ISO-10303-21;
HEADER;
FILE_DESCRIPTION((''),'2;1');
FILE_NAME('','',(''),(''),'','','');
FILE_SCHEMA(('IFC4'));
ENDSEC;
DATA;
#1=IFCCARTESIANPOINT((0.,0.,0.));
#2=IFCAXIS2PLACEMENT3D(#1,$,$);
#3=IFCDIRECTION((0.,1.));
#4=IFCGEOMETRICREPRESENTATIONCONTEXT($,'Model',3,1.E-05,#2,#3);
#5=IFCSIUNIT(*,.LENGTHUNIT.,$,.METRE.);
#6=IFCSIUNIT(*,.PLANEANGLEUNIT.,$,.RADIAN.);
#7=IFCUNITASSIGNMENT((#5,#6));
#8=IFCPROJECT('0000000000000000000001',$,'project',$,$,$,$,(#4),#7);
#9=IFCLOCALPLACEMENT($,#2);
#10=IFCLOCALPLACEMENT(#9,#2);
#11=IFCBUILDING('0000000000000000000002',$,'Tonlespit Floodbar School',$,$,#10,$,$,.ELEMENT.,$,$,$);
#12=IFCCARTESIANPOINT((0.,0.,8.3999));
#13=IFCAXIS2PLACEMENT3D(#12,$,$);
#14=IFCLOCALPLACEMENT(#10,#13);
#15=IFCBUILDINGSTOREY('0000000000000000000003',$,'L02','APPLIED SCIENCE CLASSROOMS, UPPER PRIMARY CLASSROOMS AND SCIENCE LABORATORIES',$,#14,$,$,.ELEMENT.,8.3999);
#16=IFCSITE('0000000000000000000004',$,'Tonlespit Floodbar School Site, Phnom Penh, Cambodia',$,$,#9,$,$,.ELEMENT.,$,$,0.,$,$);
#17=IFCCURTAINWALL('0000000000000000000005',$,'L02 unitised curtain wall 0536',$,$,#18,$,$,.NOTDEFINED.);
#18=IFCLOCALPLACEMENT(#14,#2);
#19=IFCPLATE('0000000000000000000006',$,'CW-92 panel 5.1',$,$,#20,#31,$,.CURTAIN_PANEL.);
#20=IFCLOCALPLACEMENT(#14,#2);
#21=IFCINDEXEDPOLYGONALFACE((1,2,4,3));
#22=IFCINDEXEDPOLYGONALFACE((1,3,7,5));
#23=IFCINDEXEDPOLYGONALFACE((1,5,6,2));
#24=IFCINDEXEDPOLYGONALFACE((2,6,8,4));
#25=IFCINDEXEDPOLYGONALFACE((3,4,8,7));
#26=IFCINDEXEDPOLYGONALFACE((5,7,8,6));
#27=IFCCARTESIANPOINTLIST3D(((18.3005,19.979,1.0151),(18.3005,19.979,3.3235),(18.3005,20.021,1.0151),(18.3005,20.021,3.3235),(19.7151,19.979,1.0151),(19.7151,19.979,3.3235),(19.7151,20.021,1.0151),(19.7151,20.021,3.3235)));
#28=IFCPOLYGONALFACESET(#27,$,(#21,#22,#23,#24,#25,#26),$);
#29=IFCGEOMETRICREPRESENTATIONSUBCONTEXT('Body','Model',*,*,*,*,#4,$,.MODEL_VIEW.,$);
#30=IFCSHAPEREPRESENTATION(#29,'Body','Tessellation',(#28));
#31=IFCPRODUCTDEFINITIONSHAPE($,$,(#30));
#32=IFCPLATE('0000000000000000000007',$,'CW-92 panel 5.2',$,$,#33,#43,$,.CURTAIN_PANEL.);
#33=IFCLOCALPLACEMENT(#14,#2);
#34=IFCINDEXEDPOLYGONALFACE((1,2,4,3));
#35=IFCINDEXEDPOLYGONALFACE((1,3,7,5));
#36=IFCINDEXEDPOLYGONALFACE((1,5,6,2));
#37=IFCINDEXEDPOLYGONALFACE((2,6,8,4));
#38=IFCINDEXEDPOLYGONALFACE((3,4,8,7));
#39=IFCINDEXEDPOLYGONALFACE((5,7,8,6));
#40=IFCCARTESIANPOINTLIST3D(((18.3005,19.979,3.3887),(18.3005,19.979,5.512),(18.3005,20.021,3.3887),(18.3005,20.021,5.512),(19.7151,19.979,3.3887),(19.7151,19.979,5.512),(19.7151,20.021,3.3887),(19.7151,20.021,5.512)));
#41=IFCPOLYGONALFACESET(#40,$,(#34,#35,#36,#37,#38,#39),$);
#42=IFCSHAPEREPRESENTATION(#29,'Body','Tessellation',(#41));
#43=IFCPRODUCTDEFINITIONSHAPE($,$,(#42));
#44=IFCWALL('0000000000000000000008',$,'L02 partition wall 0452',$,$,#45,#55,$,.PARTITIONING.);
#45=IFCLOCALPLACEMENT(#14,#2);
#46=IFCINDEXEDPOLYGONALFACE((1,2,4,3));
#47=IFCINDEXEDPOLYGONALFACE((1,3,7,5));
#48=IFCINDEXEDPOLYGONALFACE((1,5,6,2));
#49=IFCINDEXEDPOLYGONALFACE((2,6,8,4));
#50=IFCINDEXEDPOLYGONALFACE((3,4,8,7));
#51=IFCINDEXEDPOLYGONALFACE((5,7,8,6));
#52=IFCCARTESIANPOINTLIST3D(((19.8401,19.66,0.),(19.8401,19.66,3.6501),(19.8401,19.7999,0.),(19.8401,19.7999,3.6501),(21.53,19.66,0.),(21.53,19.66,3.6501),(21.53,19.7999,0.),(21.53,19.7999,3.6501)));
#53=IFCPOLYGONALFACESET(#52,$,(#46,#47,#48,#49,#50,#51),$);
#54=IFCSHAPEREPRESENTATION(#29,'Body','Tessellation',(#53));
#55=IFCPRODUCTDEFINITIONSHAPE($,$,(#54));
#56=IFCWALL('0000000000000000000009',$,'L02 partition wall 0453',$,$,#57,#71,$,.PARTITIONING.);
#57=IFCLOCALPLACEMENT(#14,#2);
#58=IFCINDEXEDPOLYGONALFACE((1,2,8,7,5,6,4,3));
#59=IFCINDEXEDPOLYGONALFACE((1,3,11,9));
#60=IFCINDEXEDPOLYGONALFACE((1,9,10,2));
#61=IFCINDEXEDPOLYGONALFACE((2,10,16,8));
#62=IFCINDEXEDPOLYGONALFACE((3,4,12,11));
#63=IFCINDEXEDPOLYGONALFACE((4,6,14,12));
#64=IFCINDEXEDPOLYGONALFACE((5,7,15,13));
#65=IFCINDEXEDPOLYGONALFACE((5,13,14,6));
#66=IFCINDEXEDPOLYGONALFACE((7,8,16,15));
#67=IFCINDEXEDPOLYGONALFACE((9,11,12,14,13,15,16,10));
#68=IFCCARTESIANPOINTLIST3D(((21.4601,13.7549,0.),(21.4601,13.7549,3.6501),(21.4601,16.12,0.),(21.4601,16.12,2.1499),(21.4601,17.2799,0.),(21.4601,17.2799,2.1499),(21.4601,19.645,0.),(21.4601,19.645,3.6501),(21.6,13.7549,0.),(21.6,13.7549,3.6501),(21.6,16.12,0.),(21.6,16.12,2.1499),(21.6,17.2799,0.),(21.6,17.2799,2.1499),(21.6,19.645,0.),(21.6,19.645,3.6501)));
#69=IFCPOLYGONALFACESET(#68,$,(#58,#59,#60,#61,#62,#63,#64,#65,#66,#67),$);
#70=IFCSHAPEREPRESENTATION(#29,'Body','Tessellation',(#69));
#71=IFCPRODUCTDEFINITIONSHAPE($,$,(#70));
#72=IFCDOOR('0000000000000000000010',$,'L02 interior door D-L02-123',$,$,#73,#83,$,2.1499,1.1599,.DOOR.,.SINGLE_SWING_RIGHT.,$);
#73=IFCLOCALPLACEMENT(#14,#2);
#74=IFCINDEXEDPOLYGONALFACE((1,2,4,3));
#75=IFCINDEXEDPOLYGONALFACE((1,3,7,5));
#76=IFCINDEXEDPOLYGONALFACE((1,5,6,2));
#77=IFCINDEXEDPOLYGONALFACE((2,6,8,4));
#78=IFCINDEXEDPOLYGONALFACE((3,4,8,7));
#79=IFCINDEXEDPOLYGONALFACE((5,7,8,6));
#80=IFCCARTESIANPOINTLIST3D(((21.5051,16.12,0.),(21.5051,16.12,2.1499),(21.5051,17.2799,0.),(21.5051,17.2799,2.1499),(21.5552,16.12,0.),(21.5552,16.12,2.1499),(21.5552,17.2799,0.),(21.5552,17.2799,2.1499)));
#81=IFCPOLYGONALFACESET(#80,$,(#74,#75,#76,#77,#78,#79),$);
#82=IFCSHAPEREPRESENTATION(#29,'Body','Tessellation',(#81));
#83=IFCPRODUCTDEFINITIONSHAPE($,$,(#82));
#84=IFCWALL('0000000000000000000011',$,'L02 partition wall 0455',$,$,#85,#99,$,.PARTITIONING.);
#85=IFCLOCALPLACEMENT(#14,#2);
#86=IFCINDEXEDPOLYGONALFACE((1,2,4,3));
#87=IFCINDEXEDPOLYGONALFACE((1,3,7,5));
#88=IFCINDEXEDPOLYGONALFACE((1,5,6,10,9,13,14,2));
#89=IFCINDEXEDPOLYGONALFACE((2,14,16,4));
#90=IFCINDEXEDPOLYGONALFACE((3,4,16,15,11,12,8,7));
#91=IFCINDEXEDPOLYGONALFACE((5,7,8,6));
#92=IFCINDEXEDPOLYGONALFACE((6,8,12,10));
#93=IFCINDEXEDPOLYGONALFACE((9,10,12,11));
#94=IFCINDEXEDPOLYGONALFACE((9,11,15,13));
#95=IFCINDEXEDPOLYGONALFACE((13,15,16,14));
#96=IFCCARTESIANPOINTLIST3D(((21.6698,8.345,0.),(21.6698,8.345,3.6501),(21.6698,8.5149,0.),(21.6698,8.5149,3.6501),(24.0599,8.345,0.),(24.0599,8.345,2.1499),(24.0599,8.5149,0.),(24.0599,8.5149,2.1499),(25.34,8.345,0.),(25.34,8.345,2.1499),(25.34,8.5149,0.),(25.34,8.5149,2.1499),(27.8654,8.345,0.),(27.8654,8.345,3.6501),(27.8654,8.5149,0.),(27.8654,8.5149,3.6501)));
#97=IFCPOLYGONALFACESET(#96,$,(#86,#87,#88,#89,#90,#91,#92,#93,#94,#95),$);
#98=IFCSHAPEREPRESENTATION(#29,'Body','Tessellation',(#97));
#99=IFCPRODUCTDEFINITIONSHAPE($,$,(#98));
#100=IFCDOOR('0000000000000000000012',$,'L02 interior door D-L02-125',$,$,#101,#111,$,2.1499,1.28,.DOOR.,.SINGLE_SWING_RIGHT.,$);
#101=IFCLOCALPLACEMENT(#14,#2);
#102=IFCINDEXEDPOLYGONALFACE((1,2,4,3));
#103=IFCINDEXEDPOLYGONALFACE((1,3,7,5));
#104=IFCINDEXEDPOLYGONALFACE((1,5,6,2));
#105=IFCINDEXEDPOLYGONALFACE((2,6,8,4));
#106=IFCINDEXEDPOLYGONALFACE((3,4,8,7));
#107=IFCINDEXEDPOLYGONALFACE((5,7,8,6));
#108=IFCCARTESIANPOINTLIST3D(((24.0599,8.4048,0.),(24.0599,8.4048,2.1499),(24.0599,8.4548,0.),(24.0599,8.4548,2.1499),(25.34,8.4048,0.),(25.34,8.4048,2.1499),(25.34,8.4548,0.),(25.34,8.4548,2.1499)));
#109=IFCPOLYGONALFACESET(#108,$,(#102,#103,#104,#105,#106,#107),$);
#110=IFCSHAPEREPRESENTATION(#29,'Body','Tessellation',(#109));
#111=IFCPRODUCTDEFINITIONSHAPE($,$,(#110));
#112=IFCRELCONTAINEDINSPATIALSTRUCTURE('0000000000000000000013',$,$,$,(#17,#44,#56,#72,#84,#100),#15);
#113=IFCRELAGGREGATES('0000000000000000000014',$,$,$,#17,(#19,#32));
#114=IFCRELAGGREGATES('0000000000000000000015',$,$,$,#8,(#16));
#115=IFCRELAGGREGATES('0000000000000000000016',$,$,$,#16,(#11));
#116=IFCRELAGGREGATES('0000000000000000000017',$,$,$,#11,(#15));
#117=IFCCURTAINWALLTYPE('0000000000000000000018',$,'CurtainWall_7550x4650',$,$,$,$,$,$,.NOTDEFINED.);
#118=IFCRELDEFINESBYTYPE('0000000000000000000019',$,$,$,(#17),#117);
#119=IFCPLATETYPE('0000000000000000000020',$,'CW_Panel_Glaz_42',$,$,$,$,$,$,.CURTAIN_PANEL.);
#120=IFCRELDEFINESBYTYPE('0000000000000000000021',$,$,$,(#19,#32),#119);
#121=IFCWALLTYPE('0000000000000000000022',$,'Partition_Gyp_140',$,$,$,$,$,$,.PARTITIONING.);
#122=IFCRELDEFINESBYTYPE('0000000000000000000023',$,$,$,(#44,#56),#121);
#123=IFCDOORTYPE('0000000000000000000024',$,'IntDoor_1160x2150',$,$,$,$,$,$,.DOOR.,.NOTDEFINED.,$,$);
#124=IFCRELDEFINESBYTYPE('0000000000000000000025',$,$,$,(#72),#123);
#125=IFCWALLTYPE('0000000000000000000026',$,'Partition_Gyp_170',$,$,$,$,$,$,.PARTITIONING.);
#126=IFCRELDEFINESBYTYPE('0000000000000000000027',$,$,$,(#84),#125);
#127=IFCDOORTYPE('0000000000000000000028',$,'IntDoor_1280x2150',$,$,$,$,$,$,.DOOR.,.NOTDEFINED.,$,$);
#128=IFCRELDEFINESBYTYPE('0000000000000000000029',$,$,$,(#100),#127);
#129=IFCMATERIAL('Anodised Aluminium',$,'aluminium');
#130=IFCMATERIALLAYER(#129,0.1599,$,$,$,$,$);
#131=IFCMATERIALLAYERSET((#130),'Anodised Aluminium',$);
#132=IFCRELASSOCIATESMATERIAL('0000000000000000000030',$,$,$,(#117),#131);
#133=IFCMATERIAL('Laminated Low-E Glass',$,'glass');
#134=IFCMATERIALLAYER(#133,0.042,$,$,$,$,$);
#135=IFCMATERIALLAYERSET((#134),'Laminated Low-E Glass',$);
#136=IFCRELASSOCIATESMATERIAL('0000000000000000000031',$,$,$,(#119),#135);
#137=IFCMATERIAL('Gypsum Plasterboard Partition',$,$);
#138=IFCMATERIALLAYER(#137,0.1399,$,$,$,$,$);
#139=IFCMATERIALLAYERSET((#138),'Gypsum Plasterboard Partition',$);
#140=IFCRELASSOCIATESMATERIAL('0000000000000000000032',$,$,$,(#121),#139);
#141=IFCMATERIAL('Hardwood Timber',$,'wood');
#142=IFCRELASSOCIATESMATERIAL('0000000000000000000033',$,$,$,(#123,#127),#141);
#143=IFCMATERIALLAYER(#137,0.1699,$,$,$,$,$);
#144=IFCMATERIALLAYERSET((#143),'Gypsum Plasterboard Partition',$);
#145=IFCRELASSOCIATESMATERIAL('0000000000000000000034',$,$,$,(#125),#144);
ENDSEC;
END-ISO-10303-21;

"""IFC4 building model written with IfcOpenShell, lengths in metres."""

from ifc_helpers import new_model, si_unit, direction, frame, frame_2d, origin, origin_2d, place, context, subcontext, project, spatial, rectangle, extrude, material, layer, layer_set, type_object, element, fill, aggregate, save


model = new_model("IFC4")

# Units and contexts
model_context = context("Model", 3, precision=1e-05, world=origin(), true_north=direction((0.0, 1.0)))
body_context = subcontext(model_context, "Body", "Model", "MODEL_VIEW")
ifc_project = project(units=[si_unit("LENGTHUNIT", "METRE"), si_unit("PLANEANGLEUNIT", "RADIAN")], contexts=[model_context])

# Site, building, storey
site_placement = place(None, origin())
site = spatial("IfcSite", under=ifc_project, at=site_placement, Name="Tonlespit Floodbar School Site, Phnom Penh, Cambodia", CompositionType="ELEMENT", RefElevation=0.0)
building_placement = place(site_placement, origin())
building = spatial("IfcBuilding", under=site, at=building_placement, Name="Tonlespit Floodbar School", CompositionType="ELEMENT")
storey_placement = place(building_placement, frame((0.0, 0.0, 8.3999)))
storey = spatial("IfcBuildingStorey", under=building, at=storey_placement, Name="L02", Description="APPLIED SCIENCE CLASSROOMS, UPPER PRIMARY CLASSROOMS AND SCIENCE LABORATORIES", CompositionType="ELEMENT", Elevation=8.3999)

# Curtain wall
ifc_material_1 = material(Name="Anodised Aluminium", Category="aluminium")
ifc_layer_1 = layer(ifc_material_1, 0.1599)
ifc_layer_set_1 = layer_set([ifc_layer_1], Name="Anodised Aluminium")
curtain_wall_type_1 = type_object("IfcCurtainWallType", Name="CurtainWall_7550x4650", PredefinedType="NOTDEFINED", material=ifc_layer_set_1)
curtain_wall_1_placement = place(storey_placement, origin())
curtain_wall_1 = element("IfcCurtainWall", 1, at=curtain_wall_1_placement, inside=storey, type_object=curtain_wall_type_1, Name="L02 unitised curtain wall 0536", PredefinedType="NOTDEFINED")

# Plates
ifc_material_2 = material(Name="Laminated Low-E Glass", Category="glass")
ifc_layer_2 = layer(ifc_material_2, 0.042)
ifc_layer_set_2 = layer_set([ifc_layer_2], Name="Laminated Low-E Glass")
plate_type_1 = type_object("IfcPlateType", Name="CW_Panel_Glaz_42", PredefinedType="CURTAIN_PANEL", material=ifc_layer_set_2)
plate_1_placement = place(storey_placement, frame((19.0078, 20.0, 1.0151), z_axis=(0.0, 0.0, 1.0), x_axis=(1.0, 0.0, 0.0)))
plate_1 = element("IfcPlate", 2, at=plate_1_placement, type_object=plate_type_1, Name="CW-92 panel 5.1", PredefinedType="CURTAIN_PANEL", context=body_context, shape_type="SweptSolid", body=[
    extrude(rectangle(XDim=1.4146, YDim=0.042, at=origin_2d()), origin(), (0.0, 0.0, 1.0), 2.3083),
])
plate_2_placement = place(storey_placement, frame((19.0078, 20.0, 3.3887), z_axis=(0.0, 0.0, 1.0), x_axis=(1.0, 0.0, 0.0)))
plate_2 = element("IfcPlate", 3, at=plate_2_placement, type_object=plate_type_1, Name="CW-92 panel 5.2", PredefinedType="CURTAIN_PANEL", context=body_context, shape_type="SweptSolid", body=[
    extrude(rectangle(XDim=1.4146, YDim=0.042, at=origin_2d()), origin(), (0.0, 0.0, 1.0), 2.1233),
])
aggregate(curtain_wall_1, [plate_1, plate_2])

# Wall
ifc_material_3 = material(Name="Gypsum Plasterboard Partition")
ifc_layer_3 = layer(ifc_material_3, 0.1399)
ifc_layer_set_3 = layer_set([ifc_layer_3], Name="Gypsum Plasterboard Partition")
wall_type_1 = type_object("IfcWallType", Name="Partition_Gyp_140", PredefinedType="PARTITIONING", material=ifc_layer_set_3)
wall_1_placement = place(storey_placement, frame((19.8401, 19.73, 0.0), z_axis=(0.0, 0.0, 1.0), x_axis=(1.0, 0.0, 0.0)))
element("IfcWall", 4, at=wall_1_placement, inside=storey, type_object=wall_type_1, Name="L02 partition wall 0452", PredefinedType="PARTITIONING", context=body_context, shape_type="SweptSolid", body=[
    extrude(rectangle(XDim=1.6899, YDim=0.1399, at=frame_2d((0.845, 0.0))), origin(), (0.0, 0.0, 1.0), 3.6501),
])

# Walls, openings, doors
wall_2_placement = place(storey_placement, frame((21.53, 13.7549, 0.0), z_axis=(0.0, 0.0, 1.0), x_axis=(0.0, 1.0, 0.0)))
wall_2 = element("IfcWall", 5, at=wall_2_placement, inside=storey, type_object=wall_type_1, Name="L02 partition wall 0453", PredefinedType="PARTITIONING", context=body_context, shape_type="SweptSolid", body=[
    extrude(rectangle(XDim=5.8901, YDim=0.1399, at=frame_2d((2.9451, 0.0))), origin(), (0.0, 0.0, 1.0), 3.6501),
])
opening_1_placement = place(wall_2_placement, frame((2.365, 0.0, 0.0)))
opening_1 = element("IfcOpeningElement", 6, at=opening_1_placement, cuts=wall_2, PredefinedType="OPENING", context=body_context, shape_type="SweptSolid", body=[
    extrude(rectangle(XDim=1.1599, YDim=2.1499, at=frame_2d((0.5801, 1.075))), frame((0.0, 0.0798, 0.0), z_axis=(0.0, -1.0, 0.0), x_axis=(1.0, 0.0, 0.0)), (0.0, 0.0, 1.0), 0.1599),
])
ifc_material_4 = material(Name="Hardwood Timber", Category="wood")
door_type_1 = type_object("IfcDoorType", Name="IntDoor_1160x2150", OperationType="NOTDEFINED", PredefinedType="DOOR", material=ifc_material_4)
door_1_placement = place(opening_1_placement, origin())
door_1 = element("IfcDoor", 7, at=door_1_placement, inside=storey, type_object=door_type_1, Name="L02 interior door D-L02-123", OperationType="SINGLE_SWING_RIGHT", OverallHeight=2.1499, OverallWidth=1.1599, PredefinedType="DOOR", context=body_context, shape_type="SweptSolid", body=[
    extrude(rectangle(XDim=1.1599, YDim=2.1499, at=frame_2d((0.5801, 1.075))), frame((0.0, 0.0249, 0.0), z_axis=(0.0, -1.0, 0.0), x_axis=(1.0, 0.0, 0.0)), (0.0, 0.0, 1.0), 0.05),
])
fill(opening_1, door_1)
ifc_layer_4 = layer(ifc_material_3, 0.1699)
ifc_layer_set_4 = layer_set([ifc_layer_4], Name="Gypsum Plasterboard Partition")
wall_type_2 = type_object("IfcWallType", Name="Partition_Gyp_170", PredefinedType="PARTITIONING", material=ifc_layer_set_4)
wall_3_placement = place(storey_placement, frame((21.6699, 8.4299, 0.0), z_axis=(0.0, 0.0, 1.0), x_axis=(1.0, 0.0, 0.0)))
wall_3 = element("IfcWall", 8, at=wall_3_placement, inside=storey, type_object=wall_type_2, Name="L02 partition wall 0455", PredefinedType="PARTITIONING", context=body_context, shape_type="SweptSolid", body=[
    extrude(rectangle(XDim=6.1956, YDim=0.1699, at=frame_2d((3.0977, 0.0))), origin(), (0.0, 0.0, 1.0), 3.6501),
])
opening_2_placement = place(wall_3_placement, frame((2.3899, 0.0, 0.0)))
opening_2 = element("IfcOpeningElement", 9, at=opening_2_placement, cuts=wall_3, PredefinedType="OPENING", context=body_context, shape_type="SweptSolid", body=[
    extrude(rectangle(XDim=1.28, YDim=2.1499, at=frame_2d((0.6401, 1.075))), frame((0.0, 0.095, 0.0), z_axis=(0.0, -1.0, 0.0), x_axis=(1.0, 0.0, 0.0)), (0.0, 0.0, 1.0), 0.1899),
])
door_type_2 = type_object("IfcDoorType", Name="IntDoor_1280x2150", OperationType="NOTDEFINED", PredefinedType="DOOR", material=ifc_material_4)
door_2_placement = place(opening_2_placement, origin())
door_2 = element("IfcDoor", 10, at=door_2_placement, inside=storey, type_object=door_type_2, Name="L02 interior door D-L02-125", OperationType="SINGLE_SWING_RIGHT", OverallHeight=2.1499, OverallWidth=1.28, PredefinedType="DOOR", context=body_context, shape_type="SweptSolid", body=[
    extrude(rectangle(XDim=1.28, YDim=2.1499, at=frame_2d((0.6401, 1.075))), frame((0.0, 0.0249, 0.0), z_axis=(0.0, -1.0, 0.0), x_axis=(1.0, 0.0, 0.0)), (0.0, 0.0, 1.0), 0.05),
])
fill(opening_2, door_2)

save(model, "model.ifc")
